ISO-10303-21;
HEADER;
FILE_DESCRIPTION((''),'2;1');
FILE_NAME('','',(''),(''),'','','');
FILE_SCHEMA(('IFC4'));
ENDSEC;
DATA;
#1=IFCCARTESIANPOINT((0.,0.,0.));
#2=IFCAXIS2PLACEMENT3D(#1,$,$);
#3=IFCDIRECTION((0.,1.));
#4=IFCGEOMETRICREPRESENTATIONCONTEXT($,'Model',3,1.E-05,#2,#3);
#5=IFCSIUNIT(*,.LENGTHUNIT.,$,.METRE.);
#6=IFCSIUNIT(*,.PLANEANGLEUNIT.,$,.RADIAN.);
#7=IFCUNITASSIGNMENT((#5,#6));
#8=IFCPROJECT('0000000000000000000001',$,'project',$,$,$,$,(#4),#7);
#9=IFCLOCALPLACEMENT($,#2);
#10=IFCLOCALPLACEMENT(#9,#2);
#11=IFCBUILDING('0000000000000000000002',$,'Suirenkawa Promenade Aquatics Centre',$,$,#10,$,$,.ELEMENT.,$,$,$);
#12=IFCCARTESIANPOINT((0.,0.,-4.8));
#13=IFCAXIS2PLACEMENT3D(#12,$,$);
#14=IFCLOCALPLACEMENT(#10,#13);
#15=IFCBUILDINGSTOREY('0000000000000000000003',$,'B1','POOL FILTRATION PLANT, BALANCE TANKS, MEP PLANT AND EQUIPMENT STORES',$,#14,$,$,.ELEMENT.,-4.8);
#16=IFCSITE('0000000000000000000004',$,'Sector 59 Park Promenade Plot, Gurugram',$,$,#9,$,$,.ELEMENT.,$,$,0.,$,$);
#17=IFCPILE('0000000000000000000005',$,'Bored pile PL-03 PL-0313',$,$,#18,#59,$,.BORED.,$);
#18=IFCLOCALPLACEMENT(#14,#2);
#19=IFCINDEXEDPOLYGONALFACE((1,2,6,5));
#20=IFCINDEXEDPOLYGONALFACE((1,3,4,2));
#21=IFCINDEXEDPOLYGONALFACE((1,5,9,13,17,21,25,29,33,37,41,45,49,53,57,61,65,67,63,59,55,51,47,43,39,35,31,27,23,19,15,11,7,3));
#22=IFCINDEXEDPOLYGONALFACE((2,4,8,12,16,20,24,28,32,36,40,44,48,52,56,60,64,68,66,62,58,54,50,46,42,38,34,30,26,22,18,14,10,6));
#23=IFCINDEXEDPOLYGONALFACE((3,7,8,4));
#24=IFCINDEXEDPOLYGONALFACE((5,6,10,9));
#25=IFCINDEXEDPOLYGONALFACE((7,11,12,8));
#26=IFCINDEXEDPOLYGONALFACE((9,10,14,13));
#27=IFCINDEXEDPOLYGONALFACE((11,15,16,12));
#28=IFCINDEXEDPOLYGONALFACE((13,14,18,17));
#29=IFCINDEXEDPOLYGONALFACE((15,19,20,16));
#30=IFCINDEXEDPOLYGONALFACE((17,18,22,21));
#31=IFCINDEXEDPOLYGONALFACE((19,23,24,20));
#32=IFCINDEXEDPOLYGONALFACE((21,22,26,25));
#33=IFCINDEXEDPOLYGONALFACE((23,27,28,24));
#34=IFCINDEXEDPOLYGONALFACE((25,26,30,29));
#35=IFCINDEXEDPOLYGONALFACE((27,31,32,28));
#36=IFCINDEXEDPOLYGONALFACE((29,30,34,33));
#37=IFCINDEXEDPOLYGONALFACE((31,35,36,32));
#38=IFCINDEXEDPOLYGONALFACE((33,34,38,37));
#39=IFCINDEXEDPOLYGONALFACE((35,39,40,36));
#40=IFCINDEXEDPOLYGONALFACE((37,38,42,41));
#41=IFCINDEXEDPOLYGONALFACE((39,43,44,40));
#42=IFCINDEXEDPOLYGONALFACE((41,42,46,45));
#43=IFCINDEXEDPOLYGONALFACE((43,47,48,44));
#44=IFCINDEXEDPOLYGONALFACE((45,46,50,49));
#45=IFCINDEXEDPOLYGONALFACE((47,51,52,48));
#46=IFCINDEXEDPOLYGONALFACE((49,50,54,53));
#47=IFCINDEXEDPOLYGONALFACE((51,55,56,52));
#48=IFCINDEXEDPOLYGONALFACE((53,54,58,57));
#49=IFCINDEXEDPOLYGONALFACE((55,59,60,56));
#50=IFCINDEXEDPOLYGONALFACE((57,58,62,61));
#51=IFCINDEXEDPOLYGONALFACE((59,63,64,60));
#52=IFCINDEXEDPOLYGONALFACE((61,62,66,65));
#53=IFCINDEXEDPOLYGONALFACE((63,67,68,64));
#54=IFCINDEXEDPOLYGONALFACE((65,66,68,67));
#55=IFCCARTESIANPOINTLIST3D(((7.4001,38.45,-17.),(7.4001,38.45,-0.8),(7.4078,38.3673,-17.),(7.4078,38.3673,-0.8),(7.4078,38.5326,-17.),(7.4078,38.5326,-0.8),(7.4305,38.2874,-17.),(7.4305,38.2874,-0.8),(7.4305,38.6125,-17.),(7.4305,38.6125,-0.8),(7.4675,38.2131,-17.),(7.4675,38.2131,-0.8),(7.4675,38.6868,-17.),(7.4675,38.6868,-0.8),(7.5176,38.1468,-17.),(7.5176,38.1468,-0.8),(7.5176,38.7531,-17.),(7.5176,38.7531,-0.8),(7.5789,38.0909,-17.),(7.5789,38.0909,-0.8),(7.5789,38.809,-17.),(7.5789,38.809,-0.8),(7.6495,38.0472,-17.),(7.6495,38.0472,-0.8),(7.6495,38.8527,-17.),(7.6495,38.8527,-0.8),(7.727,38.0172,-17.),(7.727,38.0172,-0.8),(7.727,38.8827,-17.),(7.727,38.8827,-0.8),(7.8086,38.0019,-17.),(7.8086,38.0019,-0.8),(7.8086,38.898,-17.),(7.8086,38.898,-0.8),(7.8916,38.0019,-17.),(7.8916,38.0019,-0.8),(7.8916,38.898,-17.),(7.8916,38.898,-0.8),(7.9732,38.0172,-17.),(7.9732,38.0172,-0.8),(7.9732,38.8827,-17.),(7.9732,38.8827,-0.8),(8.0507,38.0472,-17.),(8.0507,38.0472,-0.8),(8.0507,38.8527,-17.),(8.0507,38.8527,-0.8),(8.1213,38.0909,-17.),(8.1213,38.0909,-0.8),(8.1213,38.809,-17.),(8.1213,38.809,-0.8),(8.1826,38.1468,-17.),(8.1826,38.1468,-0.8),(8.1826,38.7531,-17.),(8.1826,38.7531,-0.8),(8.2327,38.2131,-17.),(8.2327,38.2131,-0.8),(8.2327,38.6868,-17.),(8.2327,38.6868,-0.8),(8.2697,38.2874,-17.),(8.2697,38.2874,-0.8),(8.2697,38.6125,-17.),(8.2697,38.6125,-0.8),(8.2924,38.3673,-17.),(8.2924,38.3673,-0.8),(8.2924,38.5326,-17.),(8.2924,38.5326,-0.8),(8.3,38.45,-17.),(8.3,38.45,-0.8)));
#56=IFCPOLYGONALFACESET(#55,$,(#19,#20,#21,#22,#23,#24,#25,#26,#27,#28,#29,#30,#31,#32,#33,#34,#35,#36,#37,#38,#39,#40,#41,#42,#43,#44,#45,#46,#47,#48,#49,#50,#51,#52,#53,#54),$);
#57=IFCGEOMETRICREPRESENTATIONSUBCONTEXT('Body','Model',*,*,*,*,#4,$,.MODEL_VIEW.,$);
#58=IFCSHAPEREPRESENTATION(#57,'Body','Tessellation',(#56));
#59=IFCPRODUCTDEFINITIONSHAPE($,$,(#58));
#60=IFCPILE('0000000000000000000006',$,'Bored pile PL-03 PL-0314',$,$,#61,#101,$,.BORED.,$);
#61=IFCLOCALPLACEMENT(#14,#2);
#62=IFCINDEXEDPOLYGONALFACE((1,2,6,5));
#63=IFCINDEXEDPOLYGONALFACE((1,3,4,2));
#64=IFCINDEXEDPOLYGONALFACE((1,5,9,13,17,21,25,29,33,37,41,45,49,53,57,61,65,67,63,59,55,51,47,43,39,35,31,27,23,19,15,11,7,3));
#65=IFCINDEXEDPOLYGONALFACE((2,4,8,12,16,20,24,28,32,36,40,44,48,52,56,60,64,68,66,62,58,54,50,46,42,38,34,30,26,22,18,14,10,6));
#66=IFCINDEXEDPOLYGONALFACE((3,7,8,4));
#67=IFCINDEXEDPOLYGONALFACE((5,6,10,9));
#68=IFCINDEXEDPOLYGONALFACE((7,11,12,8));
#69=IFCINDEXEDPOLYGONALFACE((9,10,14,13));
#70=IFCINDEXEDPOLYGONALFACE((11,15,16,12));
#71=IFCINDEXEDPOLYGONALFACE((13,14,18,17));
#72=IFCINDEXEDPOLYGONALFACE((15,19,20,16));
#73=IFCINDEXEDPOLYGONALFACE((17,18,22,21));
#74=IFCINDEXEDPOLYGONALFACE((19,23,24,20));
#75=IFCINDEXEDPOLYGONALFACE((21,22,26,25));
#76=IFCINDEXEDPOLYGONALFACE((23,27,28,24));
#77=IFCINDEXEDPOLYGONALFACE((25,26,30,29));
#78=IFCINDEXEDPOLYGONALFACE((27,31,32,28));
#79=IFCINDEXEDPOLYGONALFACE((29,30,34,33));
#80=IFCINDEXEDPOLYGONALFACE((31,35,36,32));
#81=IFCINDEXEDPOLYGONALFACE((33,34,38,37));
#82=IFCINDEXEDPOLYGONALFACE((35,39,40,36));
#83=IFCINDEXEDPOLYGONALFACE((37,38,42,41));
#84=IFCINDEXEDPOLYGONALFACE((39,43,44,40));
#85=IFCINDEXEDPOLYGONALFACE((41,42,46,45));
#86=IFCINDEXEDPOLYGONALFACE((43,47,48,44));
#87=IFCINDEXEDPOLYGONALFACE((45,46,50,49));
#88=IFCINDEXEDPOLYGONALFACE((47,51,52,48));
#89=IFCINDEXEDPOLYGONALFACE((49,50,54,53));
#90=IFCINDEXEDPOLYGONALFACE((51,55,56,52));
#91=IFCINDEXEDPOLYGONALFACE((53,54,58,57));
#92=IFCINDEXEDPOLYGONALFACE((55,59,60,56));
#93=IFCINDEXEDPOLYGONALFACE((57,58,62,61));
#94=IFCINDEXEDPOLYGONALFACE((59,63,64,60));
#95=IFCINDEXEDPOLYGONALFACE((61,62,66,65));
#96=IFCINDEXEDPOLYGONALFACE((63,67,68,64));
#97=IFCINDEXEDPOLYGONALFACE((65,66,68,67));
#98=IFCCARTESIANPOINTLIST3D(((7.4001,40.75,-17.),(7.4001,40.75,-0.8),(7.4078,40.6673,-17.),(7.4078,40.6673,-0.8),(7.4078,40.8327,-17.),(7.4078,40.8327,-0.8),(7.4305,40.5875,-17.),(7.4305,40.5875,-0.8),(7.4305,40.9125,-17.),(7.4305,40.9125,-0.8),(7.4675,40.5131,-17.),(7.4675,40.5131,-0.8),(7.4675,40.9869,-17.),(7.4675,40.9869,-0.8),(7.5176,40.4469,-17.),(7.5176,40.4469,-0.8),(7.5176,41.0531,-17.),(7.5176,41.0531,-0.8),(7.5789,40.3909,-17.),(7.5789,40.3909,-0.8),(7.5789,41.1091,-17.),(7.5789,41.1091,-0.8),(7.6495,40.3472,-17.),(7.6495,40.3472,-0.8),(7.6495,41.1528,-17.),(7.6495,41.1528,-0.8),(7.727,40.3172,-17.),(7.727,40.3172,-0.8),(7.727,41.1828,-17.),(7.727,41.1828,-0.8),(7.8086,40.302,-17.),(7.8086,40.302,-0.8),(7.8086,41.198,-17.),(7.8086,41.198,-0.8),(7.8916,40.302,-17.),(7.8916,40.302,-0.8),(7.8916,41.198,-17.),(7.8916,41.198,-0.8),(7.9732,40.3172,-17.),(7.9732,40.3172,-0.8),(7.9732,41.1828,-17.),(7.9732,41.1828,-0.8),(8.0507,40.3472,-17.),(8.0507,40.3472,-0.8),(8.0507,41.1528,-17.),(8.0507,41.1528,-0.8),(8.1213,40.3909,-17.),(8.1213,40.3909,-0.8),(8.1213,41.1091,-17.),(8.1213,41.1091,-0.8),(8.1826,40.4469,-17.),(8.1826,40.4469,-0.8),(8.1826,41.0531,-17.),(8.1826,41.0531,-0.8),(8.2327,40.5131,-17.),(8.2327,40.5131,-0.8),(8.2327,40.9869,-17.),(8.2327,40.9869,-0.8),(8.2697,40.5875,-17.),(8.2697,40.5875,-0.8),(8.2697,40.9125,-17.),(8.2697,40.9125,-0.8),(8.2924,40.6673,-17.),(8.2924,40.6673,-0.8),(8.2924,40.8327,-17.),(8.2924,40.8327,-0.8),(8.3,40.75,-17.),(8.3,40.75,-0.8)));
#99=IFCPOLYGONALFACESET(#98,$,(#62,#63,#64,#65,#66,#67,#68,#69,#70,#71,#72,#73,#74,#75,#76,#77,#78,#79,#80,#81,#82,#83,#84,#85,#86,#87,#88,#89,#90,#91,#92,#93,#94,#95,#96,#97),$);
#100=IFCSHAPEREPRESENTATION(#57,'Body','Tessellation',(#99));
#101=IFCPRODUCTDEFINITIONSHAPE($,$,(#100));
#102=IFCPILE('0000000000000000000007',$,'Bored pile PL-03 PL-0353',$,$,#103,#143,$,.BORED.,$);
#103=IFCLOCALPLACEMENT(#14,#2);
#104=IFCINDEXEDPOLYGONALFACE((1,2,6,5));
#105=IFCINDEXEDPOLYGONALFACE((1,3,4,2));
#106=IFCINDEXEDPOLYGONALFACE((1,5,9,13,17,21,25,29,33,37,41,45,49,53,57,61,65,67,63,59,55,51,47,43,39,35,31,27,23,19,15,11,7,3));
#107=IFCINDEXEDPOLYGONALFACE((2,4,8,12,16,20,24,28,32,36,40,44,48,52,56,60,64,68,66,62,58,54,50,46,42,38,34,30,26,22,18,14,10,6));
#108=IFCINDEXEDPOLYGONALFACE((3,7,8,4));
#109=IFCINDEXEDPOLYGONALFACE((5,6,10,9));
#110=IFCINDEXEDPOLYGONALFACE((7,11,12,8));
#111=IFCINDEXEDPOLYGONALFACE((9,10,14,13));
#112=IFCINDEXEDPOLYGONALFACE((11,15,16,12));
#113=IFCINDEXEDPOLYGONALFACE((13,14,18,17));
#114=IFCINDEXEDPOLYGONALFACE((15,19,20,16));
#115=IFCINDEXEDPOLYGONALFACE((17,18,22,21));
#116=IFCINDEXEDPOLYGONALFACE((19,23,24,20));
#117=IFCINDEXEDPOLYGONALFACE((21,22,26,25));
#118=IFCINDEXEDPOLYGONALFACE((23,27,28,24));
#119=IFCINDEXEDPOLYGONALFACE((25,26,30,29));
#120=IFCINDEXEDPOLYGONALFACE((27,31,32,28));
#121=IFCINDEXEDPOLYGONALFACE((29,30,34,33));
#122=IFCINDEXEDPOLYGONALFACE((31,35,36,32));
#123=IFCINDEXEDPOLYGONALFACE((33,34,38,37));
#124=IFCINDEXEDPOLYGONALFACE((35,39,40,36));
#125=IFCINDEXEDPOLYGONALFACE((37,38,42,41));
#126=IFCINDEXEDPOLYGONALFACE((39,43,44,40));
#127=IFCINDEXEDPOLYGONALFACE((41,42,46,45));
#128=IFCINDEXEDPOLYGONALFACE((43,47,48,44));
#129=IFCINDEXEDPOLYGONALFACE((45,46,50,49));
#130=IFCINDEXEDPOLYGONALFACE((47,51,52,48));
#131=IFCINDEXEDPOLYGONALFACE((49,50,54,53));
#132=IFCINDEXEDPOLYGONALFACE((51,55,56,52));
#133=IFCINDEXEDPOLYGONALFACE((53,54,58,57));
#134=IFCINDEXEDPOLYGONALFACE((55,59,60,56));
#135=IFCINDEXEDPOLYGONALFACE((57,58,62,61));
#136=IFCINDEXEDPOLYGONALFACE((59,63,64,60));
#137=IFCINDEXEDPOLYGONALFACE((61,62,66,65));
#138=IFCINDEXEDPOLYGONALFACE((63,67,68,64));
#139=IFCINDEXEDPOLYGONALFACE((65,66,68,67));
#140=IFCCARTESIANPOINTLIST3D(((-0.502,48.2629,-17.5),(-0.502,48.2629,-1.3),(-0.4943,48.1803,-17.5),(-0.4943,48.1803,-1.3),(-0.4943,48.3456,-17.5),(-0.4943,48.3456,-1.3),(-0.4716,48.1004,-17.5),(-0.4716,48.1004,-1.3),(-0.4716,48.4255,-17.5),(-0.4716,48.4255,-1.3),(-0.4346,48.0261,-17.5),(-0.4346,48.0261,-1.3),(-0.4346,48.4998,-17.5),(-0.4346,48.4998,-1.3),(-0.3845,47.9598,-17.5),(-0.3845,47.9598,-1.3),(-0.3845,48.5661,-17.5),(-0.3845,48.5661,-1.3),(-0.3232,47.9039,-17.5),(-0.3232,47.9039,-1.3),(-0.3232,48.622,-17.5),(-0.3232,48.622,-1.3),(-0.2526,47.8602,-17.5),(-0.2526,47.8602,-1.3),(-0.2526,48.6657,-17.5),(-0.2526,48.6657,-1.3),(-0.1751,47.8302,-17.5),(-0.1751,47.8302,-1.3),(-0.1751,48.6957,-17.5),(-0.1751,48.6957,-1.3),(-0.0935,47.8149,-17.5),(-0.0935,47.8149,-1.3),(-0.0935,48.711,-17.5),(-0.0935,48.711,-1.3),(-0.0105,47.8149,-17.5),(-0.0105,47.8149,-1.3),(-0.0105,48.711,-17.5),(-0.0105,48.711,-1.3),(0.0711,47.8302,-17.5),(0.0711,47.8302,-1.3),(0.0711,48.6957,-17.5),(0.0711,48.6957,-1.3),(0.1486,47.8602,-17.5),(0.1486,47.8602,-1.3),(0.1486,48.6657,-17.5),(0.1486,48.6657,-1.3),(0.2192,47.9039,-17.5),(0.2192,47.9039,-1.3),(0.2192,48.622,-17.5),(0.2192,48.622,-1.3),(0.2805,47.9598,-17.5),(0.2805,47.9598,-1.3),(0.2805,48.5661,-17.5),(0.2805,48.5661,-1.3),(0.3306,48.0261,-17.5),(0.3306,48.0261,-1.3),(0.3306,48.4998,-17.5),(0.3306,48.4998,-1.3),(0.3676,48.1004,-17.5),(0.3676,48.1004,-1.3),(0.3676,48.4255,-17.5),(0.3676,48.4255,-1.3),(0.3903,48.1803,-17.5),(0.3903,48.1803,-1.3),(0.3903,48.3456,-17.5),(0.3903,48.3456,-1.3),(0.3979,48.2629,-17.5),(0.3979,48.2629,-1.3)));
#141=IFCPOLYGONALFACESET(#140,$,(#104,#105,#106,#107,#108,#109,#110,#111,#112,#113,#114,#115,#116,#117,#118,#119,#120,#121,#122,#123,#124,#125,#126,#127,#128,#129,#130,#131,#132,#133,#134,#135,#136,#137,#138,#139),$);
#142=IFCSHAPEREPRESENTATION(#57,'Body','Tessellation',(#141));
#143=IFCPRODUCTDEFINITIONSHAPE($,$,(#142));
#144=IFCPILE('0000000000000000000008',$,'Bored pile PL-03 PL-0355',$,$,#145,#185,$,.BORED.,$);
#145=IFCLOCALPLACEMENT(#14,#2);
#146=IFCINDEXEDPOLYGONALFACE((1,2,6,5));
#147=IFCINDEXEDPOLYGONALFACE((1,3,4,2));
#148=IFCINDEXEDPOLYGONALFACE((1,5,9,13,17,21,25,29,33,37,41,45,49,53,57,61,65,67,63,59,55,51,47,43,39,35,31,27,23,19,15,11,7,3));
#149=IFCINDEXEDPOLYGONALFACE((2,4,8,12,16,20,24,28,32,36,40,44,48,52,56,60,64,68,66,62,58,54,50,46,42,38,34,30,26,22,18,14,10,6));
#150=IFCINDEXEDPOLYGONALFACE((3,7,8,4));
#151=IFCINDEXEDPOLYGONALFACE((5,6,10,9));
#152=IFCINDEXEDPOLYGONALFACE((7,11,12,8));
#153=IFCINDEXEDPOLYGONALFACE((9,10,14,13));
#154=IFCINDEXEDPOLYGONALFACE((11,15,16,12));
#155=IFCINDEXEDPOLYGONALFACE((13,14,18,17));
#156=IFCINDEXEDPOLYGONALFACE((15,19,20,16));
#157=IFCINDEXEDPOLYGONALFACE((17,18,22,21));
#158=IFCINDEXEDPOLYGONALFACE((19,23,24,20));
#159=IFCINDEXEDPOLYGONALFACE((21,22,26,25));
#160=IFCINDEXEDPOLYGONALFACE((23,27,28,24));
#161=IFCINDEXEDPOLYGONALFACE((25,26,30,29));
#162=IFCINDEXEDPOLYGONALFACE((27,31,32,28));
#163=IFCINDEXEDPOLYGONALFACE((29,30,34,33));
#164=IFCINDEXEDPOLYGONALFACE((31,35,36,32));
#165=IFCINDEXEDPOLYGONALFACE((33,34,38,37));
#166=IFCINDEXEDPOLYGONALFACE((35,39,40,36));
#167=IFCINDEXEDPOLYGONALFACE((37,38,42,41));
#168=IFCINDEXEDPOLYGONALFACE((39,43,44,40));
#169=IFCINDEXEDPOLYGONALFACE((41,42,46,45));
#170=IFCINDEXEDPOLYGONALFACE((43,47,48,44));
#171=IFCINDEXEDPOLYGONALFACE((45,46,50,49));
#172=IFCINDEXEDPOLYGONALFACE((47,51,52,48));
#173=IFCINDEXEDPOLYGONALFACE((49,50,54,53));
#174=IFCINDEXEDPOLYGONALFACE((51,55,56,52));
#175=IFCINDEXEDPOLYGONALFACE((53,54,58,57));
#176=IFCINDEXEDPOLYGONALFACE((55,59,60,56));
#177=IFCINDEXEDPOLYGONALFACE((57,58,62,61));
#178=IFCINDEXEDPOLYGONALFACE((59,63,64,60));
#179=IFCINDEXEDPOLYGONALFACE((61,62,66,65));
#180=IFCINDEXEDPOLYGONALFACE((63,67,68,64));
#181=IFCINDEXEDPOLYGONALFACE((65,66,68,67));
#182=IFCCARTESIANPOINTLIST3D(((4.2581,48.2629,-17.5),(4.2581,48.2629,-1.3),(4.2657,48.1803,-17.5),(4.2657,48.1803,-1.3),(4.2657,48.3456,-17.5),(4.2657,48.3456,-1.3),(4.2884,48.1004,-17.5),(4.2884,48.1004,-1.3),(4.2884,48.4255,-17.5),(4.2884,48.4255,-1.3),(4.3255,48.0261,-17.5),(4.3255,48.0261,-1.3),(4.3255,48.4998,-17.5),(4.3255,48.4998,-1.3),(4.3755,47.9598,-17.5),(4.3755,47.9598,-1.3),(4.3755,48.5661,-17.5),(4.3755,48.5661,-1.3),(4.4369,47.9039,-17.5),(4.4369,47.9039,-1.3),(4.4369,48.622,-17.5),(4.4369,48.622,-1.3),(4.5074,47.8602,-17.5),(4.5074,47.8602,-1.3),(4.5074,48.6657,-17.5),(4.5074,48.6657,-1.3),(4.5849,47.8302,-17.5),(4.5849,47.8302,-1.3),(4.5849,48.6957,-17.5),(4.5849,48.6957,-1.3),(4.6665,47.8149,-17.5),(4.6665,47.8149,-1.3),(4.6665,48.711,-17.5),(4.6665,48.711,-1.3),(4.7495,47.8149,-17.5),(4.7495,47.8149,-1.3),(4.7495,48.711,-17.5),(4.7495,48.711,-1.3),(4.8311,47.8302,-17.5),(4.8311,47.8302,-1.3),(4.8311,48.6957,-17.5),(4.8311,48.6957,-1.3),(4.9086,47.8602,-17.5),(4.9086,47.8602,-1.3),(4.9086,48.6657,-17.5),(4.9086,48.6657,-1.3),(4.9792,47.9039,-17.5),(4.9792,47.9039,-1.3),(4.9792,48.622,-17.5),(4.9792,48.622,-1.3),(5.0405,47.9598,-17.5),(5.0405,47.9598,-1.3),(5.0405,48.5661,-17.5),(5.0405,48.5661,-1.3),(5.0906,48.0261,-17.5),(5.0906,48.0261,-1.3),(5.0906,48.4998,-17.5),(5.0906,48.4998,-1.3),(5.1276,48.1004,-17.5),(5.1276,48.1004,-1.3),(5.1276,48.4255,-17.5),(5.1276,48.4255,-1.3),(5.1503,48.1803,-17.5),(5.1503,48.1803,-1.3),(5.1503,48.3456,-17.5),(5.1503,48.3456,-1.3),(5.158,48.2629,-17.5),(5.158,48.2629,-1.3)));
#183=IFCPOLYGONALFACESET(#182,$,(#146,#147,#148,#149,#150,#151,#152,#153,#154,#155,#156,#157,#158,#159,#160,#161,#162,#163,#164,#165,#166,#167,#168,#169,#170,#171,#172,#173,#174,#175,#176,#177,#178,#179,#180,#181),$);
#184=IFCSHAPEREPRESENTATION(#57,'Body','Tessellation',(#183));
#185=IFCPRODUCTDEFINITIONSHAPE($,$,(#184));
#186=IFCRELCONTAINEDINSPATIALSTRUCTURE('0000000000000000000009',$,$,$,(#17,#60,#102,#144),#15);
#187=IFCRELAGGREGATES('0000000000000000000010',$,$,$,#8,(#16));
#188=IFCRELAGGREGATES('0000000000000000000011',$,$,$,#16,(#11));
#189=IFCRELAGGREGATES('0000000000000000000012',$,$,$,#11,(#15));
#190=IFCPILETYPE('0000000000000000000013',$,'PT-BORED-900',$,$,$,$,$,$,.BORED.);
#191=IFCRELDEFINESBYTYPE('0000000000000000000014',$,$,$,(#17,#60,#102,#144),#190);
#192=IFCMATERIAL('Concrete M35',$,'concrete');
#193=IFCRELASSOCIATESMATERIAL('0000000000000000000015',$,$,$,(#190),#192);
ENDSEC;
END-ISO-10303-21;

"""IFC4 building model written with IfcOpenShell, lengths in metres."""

from ifc_helpers import new_model, si_unit, direction, frame, origin, origin_2d, place, context, subcontext, project, spatial, circle, extrude, material, material_profile, profile_set, type_object, element, save


model = new_model("IFC4")

# Units and contexts
model_context = context("Model", 3, precision=1e-05, world=origin(), true_north=direction((0.0, 1.0)))
body_context = subcontext(model_context, "Body", "Model", "MODEL_VIEW")
ifc_project = project(units=[si_unit("LENGTHUNIT", "METRE"), si_unit("PLANEANGLEUNIT", "RADIAN")], contexts=[model_context])

# Site, building, storey
site_placement = place(None, origin())
site = spatial("IfcSite", under=ifc_project, at=site_placement, Name="Sector 59 Park Promenade Plot, Gurugram", CompositionType="ELEMENT", RefElevation=0.0)
building_placement = place(site_placement, origin())
building = spatial("IfcBuilding", under=site, at=building_placement, Name="Suirenkawa Promenade Aquatics Centre", CompositionType="ELEMENT")
storey_placement = place(building_placement, frame((0.0, 0.0, -4.8)))
storey = spatial("IfcBuildingStorey", under=building, at=storey_placement, Name="B1", Description="POOL FILTRATION PLANT, BALANCE TANKS, MEP PLANT AND EQUIPMENT STORES", CompositionType="ELEMENT", Elevation=-4.8)

# Shared definitions
ifc_material_1 = material(Name="Concrete M35", Category="concrete")

# Piles
ifc_material_profile_1 = material_profile(ifc_material_1, circle(Radius=0.45, at=origin_2d()), Name="PILE D900", Category="concrete")
ifc_profile_set_1 = profile_set([ifc_material_profile_1], Name="Concrete M35")
pile_type = type_object("IfcPileType", Name="PT-BORED-900", PredefinedType="BORED", material=ifc_profile_set_1)
for number, where, z_axis, x_axis, name in (
    (1, (7.8501, 38.45, -0.8), (0.0, 0.0, -1.0), (1.0, 0.0, 0.0), "Bored pile PL-03 PL-0313"),
    (2, (7.8501, 40.75, -0.8), (0.0, 0.0, -1.0), (1.0, 0.0, 0.0), "Bored pile PL-03 PL-0314"),
    (3, (-0.052, 48.2629, -1.3), (0.0, 0.0, -1.0), (1.0, 0.0, 0.0), "Bored pile PL-03 PL-0353"),
    (4, (4.708, 48.2629, -1.3), (0.0, 0.0, -1.0), (1.0, 0.0, 0.0), "Bored pile PL-03 PL-0355"),
):
    element("IfcPile", number, at=place(storey_placement, frame(where, z_axis=z_axis, x_axis=x_axis)), inside=storey, type_object=pile_type, Name=name, PredefinedType="BORED", context=body_context, shape_type="SweptSolid", body=[
        extrude(circle(Radius=0.45, at=origin_2d()), origin(), (0.0, 0.0, 1.0), 16.2),
    ])

save(model, "model.ifc")
